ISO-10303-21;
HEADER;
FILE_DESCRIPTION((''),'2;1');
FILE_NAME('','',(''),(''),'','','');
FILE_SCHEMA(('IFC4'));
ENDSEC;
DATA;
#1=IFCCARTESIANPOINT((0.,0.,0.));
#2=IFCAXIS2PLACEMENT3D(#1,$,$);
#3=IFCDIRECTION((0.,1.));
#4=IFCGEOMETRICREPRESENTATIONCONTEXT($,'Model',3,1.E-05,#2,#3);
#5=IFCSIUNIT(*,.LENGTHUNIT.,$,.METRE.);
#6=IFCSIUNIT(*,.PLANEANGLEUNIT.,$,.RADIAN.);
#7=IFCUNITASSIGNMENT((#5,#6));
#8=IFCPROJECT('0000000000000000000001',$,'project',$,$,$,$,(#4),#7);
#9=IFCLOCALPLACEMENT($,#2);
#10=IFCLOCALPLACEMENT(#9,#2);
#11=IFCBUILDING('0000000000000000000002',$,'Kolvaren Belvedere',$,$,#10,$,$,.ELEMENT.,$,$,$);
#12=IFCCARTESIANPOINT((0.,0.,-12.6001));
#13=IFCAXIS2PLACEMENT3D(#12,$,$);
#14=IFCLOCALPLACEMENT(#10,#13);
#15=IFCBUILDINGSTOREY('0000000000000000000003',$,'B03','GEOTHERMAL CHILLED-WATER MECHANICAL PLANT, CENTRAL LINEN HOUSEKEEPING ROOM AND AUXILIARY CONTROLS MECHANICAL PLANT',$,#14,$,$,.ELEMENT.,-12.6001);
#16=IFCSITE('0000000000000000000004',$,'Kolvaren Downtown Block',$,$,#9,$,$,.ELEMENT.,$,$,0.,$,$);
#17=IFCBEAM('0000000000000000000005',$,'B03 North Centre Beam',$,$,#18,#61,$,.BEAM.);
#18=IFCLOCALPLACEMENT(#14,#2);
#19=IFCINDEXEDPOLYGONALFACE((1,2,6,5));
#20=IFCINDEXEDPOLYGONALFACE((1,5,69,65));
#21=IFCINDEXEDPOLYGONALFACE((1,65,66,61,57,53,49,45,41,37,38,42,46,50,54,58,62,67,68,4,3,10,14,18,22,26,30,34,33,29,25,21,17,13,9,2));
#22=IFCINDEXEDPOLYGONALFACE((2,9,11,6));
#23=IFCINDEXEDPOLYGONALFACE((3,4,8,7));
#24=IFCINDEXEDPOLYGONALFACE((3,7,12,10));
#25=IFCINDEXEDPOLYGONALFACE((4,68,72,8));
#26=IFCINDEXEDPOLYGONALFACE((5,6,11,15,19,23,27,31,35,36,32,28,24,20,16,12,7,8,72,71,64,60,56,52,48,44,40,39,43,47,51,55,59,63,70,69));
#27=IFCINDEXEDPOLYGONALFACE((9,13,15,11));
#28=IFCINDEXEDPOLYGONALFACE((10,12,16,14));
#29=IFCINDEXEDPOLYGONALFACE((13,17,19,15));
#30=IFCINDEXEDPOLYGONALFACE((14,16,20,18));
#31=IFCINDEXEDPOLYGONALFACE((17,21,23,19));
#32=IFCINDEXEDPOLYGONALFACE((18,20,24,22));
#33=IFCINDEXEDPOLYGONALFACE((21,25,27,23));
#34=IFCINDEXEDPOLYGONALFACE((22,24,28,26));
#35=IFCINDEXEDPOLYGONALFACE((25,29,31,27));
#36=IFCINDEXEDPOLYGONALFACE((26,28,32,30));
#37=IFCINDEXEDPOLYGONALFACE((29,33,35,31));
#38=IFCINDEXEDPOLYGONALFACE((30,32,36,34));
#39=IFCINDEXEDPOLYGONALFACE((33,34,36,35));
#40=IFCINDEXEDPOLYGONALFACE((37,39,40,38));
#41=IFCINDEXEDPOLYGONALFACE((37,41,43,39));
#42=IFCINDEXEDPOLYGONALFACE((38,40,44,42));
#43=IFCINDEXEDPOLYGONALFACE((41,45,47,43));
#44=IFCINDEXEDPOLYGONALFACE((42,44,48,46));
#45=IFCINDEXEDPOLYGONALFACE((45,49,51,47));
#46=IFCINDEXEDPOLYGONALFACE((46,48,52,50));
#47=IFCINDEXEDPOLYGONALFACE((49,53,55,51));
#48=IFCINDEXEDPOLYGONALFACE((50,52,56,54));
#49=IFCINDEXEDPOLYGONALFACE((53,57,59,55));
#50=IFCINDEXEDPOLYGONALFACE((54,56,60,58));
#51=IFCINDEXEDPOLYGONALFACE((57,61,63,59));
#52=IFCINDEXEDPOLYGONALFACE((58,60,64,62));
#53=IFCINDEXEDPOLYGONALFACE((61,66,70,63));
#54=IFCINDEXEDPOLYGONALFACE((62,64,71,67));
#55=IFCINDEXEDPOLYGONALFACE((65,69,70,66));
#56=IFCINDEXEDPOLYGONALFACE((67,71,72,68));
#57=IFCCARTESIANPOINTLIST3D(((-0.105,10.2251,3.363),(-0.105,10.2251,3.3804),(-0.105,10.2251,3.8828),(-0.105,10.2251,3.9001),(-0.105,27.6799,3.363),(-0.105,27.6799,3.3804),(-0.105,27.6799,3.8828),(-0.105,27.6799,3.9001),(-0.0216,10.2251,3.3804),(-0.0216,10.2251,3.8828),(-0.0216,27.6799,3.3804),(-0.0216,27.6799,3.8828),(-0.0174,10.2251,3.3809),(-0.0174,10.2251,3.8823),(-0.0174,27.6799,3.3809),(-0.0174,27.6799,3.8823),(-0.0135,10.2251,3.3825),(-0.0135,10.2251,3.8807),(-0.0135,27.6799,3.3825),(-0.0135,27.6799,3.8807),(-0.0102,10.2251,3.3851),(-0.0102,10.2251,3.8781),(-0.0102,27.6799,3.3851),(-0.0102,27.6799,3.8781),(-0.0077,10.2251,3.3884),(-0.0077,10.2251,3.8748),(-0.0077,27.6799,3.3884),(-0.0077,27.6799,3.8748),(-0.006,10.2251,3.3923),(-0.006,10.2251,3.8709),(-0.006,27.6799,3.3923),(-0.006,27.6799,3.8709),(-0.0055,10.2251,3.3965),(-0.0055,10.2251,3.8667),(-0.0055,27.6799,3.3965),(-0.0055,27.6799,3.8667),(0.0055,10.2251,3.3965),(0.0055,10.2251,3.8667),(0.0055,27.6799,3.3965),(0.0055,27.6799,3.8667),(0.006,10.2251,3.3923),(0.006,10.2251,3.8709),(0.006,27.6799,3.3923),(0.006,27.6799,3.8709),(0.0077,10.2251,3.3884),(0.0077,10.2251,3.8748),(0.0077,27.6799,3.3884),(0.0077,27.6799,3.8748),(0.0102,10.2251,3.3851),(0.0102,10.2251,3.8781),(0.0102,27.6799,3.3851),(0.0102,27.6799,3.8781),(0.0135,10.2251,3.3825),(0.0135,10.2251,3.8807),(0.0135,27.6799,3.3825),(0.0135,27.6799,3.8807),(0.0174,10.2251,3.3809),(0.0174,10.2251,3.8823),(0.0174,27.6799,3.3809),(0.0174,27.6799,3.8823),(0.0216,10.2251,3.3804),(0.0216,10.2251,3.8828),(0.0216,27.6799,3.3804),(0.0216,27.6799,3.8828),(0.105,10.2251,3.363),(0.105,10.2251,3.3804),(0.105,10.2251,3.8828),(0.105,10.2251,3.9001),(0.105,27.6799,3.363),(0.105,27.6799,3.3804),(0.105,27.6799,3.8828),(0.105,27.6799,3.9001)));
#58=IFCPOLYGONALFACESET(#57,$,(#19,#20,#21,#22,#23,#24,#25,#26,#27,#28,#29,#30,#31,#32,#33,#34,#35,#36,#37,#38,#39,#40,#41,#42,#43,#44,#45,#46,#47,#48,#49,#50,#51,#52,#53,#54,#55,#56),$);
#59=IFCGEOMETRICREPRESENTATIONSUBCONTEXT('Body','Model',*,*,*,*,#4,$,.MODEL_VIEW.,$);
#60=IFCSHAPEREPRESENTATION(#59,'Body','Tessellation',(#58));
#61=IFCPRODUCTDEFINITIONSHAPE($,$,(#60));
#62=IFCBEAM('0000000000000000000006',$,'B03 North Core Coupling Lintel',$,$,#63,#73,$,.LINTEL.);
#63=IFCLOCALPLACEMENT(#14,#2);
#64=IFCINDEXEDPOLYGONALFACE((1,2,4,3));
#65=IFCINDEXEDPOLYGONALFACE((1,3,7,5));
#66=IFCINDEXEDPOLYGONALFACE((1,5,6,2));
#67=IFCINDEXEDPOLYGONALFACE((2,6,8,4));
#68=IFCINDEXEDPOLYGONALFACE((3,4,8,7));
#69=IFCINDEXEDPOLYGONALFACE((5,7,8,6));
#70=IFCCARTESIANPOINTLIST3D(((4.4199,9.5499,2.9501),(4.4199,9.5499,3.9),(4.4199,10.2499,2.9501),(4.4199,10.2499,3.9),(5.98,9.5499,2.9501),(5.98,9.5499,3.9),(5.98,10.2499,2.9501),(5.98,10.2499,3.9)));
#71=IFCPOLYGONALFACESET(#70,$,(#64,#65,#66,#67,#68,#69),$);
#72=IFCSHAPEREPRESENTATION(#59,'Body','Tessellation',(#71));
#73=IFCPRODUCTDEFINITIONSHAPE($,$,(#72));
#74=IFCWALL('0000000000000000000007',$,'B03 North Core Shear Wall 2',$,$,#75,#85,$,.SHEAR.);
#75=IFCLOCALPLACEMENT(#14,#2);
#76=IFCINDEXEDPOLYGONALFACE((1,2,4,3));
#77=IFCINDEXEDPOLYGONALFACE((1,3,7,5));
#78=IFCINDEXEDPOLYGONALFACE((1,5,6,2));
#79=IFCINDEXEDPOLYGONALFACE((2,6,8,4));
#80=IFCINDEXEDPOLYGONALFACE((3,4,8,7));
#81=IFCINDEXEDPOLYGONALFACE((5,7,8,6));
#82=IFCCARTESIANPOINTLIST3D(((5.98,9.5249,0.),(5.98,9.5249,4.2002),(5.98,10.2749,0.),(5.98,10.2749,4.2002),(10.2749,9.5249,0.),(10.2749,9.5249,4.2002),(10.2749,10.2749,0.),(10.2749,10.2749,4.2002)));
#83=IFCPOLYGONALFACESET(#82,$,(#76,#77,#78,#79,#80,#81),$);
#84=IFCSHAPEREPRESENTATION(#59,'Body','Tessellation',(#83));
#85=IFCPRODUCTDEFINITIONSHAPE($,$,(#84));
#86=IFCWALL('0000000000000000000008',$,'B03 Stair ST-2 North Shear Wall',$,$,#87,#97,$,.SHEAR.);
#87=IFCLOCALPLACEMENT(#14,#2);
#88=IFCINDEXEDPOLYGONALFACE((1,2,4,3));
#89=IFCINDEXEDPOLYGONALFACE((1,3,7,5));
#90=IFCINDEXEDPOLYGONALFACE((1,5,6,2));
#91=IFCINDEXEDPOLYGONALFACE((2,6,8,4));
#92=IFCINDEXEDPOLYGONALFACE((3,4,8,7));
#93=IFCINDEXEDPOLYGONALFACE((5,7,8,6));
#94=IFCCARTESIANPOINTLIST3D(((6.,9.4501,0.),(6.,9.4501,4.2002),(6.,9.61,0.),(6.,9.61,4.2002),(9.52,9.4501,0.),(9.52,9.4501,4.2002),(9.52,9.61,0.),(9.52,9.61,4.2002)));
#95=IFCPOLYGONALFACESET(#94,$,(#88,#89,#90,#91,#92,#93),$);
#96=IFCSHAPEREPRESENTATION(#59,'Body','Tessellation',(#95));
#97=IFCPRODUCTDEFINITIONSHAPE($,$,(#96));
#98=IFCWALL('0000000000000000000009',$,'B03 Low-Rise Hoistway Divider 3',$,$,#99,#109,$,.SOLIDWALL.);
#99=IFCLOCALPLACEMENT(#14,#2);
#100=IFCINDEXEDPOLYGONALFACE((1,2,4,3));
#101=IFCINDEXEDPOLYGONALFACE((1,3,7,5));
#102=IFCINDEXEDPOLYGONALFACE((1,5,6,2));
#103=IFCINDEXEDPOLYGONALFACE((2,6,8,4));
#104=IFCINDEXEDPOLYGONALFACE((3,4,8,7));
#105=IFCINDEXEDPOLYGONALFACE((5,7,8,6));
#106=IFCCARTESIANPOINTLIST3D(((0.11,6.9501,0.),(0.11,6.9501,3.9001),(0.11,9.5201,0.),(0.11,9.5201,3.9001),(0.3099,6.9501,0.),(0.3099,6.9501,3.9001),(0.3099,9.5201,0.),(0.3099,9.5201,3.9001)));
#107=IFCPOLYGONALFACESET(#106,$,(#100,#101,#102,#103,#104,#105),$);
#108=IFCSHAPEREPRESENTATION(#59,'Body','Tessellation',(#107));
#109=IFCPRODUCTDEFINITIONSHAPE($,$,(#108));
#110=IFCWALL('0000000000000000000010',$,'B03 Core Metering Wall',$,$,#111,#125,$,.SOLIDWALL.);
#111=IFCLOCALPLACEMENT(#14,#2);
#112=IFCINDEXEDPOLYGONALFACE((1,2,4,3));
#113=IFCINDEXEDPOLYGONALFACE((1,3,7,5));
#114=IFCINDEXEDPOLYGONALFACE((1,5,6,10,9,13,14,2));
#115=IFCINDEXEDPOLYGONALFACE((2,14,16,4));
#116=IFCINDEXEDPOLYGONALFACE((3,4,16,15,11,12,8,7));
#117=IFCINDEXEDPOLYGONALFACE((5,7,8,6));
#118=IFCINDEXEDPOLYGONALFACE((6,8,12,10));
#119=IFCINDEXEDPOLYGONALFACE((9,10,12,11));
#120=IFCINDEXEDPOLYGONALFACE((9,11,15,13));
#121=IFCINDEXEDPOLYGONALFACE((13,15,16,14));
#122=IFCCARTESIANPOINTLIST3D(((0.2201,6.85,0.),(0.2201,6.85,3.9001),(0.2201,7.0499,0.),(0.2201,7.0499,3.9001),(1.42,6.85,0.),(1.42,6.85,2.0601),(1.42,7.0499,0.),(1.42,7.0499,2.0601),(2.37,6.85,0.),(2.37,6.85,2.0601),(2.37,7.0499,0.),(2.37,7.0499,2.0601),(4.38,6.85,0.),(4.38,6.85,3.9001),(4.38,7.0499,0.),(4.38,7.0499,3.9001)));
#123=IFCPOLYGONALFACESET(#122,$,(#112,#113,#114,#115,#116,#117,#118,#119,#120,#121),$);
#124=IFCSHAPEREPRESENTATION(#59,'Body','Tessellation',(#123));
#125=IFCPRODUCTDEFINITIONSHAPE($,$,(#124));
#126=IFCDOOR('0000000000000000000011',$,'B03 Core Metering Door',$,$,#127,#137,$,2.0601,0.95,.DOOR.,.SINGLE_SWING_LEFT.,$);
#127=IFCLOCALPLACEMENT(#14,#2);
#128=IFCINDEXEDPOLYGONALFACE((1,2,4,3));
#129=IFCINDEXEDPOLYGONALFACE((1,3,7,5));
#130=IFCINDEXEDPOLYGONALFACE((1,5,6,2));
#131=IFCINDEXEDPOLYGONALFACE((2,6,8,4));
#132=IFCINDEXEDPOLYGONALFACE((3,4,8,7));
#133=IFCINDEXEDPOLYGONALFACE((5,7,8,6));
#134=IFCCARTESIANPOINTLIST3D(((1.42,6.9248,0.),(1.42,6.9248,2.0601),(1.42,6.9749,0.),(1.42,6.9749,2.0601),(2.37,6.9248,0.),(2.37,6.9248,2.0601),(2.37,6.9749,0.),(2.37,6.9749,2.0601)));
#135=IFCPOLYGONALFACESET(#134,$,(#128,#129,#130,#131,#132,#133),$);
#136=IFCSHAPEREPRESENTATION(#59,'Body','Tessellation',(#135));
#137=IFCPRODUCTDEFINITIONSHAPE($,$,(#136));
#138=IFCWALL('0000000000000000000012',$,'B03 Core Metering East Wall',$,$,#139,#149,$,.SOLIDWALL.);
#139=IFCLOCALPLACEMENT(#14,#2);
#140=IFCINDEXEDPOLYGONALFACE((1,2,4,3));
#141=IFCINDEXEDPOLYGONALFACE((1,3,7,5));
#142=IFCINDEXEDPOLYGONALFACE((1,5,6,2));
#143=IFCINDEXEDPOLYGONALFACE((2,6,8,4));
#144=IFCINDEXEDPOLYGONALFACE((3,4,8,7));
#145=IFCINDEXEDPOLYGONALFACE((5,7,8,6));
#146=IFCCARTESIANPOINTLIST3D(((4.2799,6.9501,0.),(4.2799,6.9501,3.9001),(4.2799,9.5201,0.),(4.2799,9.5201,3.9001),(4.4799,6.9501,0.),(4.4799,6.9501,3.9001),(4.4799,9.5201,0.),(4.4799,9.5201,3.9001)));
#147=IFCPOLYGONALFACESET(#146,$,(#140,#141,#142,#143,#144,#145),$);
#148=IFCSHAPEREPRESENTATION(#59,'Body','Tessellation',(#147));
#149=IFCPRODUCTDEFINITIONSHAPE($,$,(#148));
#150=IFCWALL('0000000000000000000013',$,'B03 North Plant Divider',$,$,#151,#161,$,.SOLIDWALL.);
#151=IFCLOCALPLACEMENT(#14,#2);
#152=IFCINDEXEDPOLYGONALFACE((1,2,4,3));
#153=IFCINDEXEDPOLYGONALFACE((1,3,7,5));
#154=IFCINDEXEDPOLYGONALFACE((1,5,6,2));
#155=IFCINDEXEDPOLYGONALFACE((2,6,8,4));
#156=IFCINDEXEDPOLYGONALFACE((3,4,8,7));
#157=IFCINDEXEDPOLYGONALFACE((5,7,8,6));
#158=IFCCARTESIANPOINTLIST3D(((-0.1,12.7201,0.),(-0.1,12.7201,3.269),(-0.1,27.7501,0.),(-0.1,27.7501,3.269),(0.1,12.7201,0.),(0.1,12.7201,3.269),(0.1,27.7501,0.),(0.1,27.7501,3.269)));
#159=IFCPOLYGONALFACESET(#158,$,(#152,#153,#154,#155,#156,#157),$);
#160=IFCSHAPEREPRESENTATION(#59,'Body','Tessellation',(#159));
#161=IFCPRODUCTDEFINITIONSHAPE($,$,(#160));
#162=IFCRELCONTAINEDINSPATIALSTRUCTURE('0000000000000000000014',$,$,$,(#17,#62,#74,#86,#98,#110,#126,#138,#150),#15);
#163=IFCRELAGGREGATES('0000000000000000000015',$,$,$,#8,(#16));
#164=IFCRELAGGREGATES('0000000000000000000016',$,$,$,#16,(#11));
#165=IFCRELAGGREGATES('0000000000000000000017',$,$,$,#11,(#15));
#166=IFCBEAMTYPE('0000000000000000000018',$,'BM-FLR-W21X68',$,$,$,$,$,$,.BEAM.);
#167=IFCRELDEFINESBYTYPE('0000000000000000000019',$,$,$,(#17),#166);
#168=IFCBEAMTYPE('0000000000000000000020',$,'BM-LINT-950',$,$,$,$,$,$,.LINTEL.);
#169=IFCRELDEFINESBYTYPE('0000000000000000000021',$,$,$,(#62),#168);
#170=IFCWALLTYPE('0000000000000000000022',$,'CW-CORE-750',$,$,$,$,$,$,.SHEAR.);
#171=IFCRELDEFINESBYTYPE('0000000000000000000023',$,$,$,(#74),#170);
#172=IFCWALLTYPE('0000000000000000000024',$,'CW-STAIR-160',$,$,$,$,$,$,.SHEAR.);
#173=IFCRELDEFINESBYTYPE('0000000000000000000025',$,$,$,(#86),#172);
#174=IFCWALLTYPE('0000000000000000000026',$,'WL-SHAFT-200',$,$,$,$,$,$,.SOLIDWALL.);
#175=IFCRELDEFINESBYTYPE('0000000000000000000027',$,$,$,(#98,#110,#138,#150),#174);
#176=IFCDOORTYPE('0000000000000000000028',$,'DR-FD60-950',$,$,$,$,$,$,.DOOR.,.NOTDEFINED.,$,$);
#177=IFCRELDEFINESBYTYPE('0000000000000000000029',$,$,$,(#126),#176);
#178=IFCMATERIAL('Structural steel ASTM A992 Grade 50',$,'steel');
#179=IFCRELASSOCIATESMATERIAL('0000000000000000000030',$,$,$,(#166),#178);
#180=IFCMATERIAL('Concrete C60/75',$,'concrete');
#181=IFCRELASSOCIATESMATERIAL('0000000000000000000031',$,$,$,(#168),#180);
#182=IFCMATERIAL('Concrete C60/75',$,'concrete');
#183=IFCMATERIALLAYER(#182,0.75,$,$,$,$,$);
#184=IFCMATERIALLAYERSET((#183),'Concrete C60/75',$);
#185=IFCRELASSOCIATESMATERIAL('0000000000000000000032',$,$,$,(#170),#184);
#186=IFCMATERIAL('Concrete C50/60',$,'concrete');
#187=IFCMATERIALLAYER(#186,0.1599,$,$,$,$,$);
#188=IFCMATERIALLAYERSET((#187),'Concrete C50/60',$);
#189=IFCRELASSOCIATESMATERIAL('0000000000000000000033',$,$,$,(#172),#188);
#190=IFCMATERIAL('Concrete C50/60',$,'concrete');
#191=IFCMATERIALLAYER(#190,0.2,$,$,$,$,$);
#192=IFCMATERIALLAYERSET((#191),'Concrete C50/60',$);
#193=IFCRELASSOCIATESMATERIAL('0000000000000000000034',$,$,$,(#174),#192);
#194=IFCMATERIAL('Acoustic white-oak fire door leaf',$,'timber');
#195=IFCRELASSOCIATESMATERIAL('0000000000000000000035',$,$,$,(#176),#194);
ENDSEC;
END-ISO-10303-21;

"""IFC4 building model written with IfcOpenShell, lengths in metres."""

from ifc_helpers import new_model, si_unit, direction, frame, frame_2d, origin, origin_2d, place, context, subcontext, project, spatial, rectangle, i_section, extrude, material, layer, layer_set, material_profile, profile_set, type_object, element, fill, save


model = new_model("IFC4")

# Units and contexts
model_context = context("Model", 3, precision=1e-05, world=origin(), true_north=direction((0.0, 1.0)))
body_context = subcontext(model_context, "Body", "Model", "MODEL_VIEW")
ifc_project = project(units=[si_unit("LENGTHUNIT", "METRE"), si_unit("PLANEANGLEUNIT", "RADIAN")], contexts=[model_context])

# Site, building, storey
site_placement = place(None, origin())
site = spatial("IfcSite", under=ifc_project, at=site_placement, Name="Kolvaren Downtown Block", CompositionType="ELEMENT", RefElevation=0.0)
building_placement = place(site_placement, origin())
building = spatial("IfcBuilding", under=site, at=building_placement, Name="Kolvaren Belvedere", CompositionType="ELEMENT")
storey_placement = place(building_placement, frame((0.0, 0.0, -12.6001)))
storey = spatial("IfcBuildingStorey", under=building, at=storey_placement, Name="B03", Description="GEOTHERMAL CHILLED-WATER MECHANICAL PLANT, CENTRAL LINEN HOUSEKEEPING ROOM AND AUXILIARY CONTROLS MECHANICAL PLANT", CompositionType="ELEMENT", Elevation=-12.6001)

# Beams
ifc_material_1 = material(Name="Structural steel ASTM A992 Grade 50", Category="steel")
ifc_material_profile_1 = material_profile(ifc_material_1, i_section(OverallWidth=0.21, OverallDepth=0.5371, WebThickness=0.011, FlangeThickness=0.0173, FilletRadius=0.0161, at=origin_2d()), Name="W21X68")
ifc_profile_set_1 = profile_set([ifc_material_profile_1], Name="Structural steel ASTM A992 Grade 50")
beam_type_1 = type_object("IfcBeamType", Name="BM-FLR-W21X68", PredefinedType="BEAM", material=ifc_profile_set_1)
beam_1_placement = place(storey_placement, frame((0.0, 10.2251, 3.6316), z_axis=(0.0, 1.0, 0.0), x_axis=(-1.0, 0.0, 0.0)))
element("IfcBeam", 1, at=beam_1_placement, inside=storey, type_object=beam_type_1, Name="B03 North Centre Beam", PredefinedType="BEAM", context=body_context, shape_type="SweptSolid", body=[
    extrude(i_section(OverallWidth=0.21, OverallDepth=0.5371, WebThickness=0.011, FlangeThickness=0.0173, FilletRadius=0.0161, at=origin_2d()), origin(), (0.0, 0.0, 1.0), 17.4548),
])
ifc_material_2 = material(Name="Concrete C60/75", Category="concrete")
ifc_material_profile_2 = material_profile(ifc_material_2, rectangle(XDim=0.7, YDim=0.95, at=origin_2d()), Name="RC 700X950")
ifc_profile_set_2 = profile_set([ifc_material_profile_2], Name="Concrete C60/75")
beam_type_2 = type_object("IfcBeamType", Name="BM-LINT-950", PredefinedType="LINTEL", material=ifc_profile_set_2)
beam_2_placement = place(storey_placement, frame((4.4199, 9.8999, 3.425), z_axis=(1.0, 0.0, 0.0), x_axis=(0.0, 1.0, 0.0)))
element("IfcBeam", 2, at=beam_2_placement, inside=storey, type_object=beam_type_2, Name="B03 North Core Coupling Lintel", PredefinedType="LINTEL", context=body_context, shape_type="SweptSolid", body=[
    extrude(rectangle(XDim=0.7, YDim=0.95, at=origin_2d()), origin(), (0.0, 0.0, 1.0), 1.5601),
])

# Walls
ifc_material_3 = material(Name="Concrete C60/75", Category="concrete")
ifc_layer_1 = layer(ifc_material_3, 0.75)
ifc_layer_set_1 = layer_set([ifc_layer_1], Name="Concrete C60/75")
wall_type_1 = type_object("IfcWallType", Name="CW-CORE-750", PredefinedType="SHEAR", material=ifc_layer_set_1)
wall_1_placement = place(storey_placement, frame((5.98, 9.8999, 0.0), z_axis=(0.0, 0.0, 1.0), x_axis=(1.0, 0.0, 0.0)))
element("IfcWall", 3, at=wall_1_placement, inside=storey, type_object=wall_type_1, Name="B03 North Core Shear Wall 2", PredefinedType="SHEAR", context=body_context, shape_type="SweptSolid", body=[
    extrude(rectangle(XDim=4.2949, YDim=0.75, at=frame_2d((2.1475, 0.0))), origin(), (0.0, 0.0, 1.0), 4.2002),
])
ifc_material_4 = material(Name="Concrete C50/60", Category="concrete")
ifc_layer_2 = layer(ifc_material_4, 0.1599)
ifc_layer_set_2 = layer_set([ifc_layer_2], Name="Concrete C50/60")
wall_type_2 = type_object("IfcWallType", Name="CW-STAIR-160", PredefinedType="SHEAR", material=ifc_layer_set_2)
wall_2_placement = place(storey_placement, frame((6.0, 9.53, 0.0), z_axis=(0.0, 0.0, 1.0), x_axis=(1.0, 0.0, 0.0)))
element("IfcWall", 4, at=wall_2_placement, inside=storey, type_object=wall_type_2, Name="B03 Stair ST-2 North Shear Wall", PredefinedType="SHEAR", context=body_context, shape_type="SweptSolid", body=[
    extrude(rectangle(XDim=3.52, YDim=0.1599, at=frame_2d((1.76, 0.0))), origin(), (0.0, 0.0, 1.0), 4.2002),
])
ifc_material_5 = material(Name="Concrete C50/60", Category="concrete")
ifc_layer_3 = layer(ifc_material_5, 0.2)
ifc_layer_set_3 = layer_set([ifc_layer_3], Name="Concrete C50/60")
wall_type_3 = type_object("IfcWallType", Name="WL-SHAFT-200", PredefinedType="SOLIDWALL", material=ifc_layer_set_3)
wall_3_placement = place(storey_placement, frame((0.21, 6.95, 0.0), z_axis=(0.0, 0.0, 1.0), x_axis=(0.0, 1.0, 0.0)))
element("IfcWall", 5, at=wall_3_placement, inside=storey, type_object=wall_type_3, Name="B03 Low-Rise Hoistway Divider 3", PredefinedType="SOLIDWALL", context=body_context, shape_type="SweptSolid", body=[
    extrude(rectangle(XDim=2.5701, YDim=0.2, at=frame_2d((1.2852, 0.0))), origin(), (0.0, 0.0, 1.0), 3.9001),
])

# Wall, opening, door
wall_4_placement = place(storey_placement, frame((0.22, 6.95, 0.0), z_axis=(0.0, 0.0, 1.0), x_axis=(1.0, 0.0, 0.0)))
wall_4 = element("IfcWall", 6, at=wall_4_placement, inside=storey, type_object=wall_type_3, Name="B03 Core Metering Wall", PredefinedType="SOLIDWALL", context=body_context, shape_type="SweptSolid", body=[
    extrude(rectangle(XDim=4.1599, YDim=0.2, at=frame_2d((2.0801, 0.0))), origin(), (0.0, 0.0, 1.0), 3.9001),
])
opening_placement = place(wall_4_placement, frame((1.2, 0.0, 0.0)))
opening = element("IfcOpeningElement", 7, at=opening_placement, cuts=wall_4, PredefinedType="OPENING", context=body_context, shape_type="SweptSolid", body=[
    extrude(rectangle(XDim=0.95, YDim=2.0601, at=frame_2d((0.4751, 1.03))), frame((0.0, 0.1099, 0.0), z_axis=(0.0, -1.0, 0.0), x_axis=(1.0, 0.0, 0.0)), (0.0, 0.0, 1.0), 0.22),
])
ifc_material_6 = material(Name="Acoustic white-oak fire door leaf", Category="timber")
door_type = type_object("IfcDoorType", Name="DR-FD60-950", OperationType="NOTDEFINED", PredefinedType="DOOR", material=ifc_material_6)
door_placement = place(opening_placement, origin())
door = element("IfcDoor", 8, at=door_placement, inside=storey, type_object=door_type, Name="B03 Core Metering Door", OperationType="SINGLE_SWING_LEFT", OverallHeight=2.0601, OverallWidth=0.95, PredefinedType="DOOR", context=body_context, shape_type="SweptSolid", body=[
    extrude(rectangle(XDim=0.95, YDim=2.0601, at=frame_2d((0.4751, 1.03))), frame((0.0, 0.0249, 0.0), z_axis=(0.0, -1.0, 0.0), x_axis=(1.0, 0.0, 0.0)), (0.0, 0.0, 1.0), 0.05),
])
fill(opening, door)

# Walls
wall_5_placement = place(storey_placement, frame((4.3799, 6.95, 0.0), z_axis=(0.0, 0.0, 1.0), x_axis=(0.0, 1.0, 0.0)))
element("IfcWall", 9, at=wall_5_placement, inside=storey, type_object=wall_type_3, Name="B03 Core Metering East Wall", PredefinedType="SOLIDWALL", context=body_context, shape_type="SweptSolid", body=[
    extrude(rectangle(XDim=2.5701, YDim=0.2, at=frame_2d((1.2852, 0.0))), origin(), (0.0, 0.0, 1.0), 3.9001),
])
wall_6_placement = place(storey_placement, frame((0.0, 12.72, 0.0), z_axis=(0.0, 0.0, 1.0), x_axis=(0.0, 1.0, 0.0)))
element("IfcWall", 10, at=wall_6_placement, inside=storey, type_object=wall_type_3, Name="B03 North Plant Divider", PredefinedType="SOLIDWALL", context=body_context, shape_type="SweptSolid", body=[
    extrude(rectangle(XDim=15.03, YDim=0.2, at=frame_2d((7.5151, 0.0))), origin(), (0.0, 0.0, 1.0), 3.269),
])

save(model, "model.ifc")
